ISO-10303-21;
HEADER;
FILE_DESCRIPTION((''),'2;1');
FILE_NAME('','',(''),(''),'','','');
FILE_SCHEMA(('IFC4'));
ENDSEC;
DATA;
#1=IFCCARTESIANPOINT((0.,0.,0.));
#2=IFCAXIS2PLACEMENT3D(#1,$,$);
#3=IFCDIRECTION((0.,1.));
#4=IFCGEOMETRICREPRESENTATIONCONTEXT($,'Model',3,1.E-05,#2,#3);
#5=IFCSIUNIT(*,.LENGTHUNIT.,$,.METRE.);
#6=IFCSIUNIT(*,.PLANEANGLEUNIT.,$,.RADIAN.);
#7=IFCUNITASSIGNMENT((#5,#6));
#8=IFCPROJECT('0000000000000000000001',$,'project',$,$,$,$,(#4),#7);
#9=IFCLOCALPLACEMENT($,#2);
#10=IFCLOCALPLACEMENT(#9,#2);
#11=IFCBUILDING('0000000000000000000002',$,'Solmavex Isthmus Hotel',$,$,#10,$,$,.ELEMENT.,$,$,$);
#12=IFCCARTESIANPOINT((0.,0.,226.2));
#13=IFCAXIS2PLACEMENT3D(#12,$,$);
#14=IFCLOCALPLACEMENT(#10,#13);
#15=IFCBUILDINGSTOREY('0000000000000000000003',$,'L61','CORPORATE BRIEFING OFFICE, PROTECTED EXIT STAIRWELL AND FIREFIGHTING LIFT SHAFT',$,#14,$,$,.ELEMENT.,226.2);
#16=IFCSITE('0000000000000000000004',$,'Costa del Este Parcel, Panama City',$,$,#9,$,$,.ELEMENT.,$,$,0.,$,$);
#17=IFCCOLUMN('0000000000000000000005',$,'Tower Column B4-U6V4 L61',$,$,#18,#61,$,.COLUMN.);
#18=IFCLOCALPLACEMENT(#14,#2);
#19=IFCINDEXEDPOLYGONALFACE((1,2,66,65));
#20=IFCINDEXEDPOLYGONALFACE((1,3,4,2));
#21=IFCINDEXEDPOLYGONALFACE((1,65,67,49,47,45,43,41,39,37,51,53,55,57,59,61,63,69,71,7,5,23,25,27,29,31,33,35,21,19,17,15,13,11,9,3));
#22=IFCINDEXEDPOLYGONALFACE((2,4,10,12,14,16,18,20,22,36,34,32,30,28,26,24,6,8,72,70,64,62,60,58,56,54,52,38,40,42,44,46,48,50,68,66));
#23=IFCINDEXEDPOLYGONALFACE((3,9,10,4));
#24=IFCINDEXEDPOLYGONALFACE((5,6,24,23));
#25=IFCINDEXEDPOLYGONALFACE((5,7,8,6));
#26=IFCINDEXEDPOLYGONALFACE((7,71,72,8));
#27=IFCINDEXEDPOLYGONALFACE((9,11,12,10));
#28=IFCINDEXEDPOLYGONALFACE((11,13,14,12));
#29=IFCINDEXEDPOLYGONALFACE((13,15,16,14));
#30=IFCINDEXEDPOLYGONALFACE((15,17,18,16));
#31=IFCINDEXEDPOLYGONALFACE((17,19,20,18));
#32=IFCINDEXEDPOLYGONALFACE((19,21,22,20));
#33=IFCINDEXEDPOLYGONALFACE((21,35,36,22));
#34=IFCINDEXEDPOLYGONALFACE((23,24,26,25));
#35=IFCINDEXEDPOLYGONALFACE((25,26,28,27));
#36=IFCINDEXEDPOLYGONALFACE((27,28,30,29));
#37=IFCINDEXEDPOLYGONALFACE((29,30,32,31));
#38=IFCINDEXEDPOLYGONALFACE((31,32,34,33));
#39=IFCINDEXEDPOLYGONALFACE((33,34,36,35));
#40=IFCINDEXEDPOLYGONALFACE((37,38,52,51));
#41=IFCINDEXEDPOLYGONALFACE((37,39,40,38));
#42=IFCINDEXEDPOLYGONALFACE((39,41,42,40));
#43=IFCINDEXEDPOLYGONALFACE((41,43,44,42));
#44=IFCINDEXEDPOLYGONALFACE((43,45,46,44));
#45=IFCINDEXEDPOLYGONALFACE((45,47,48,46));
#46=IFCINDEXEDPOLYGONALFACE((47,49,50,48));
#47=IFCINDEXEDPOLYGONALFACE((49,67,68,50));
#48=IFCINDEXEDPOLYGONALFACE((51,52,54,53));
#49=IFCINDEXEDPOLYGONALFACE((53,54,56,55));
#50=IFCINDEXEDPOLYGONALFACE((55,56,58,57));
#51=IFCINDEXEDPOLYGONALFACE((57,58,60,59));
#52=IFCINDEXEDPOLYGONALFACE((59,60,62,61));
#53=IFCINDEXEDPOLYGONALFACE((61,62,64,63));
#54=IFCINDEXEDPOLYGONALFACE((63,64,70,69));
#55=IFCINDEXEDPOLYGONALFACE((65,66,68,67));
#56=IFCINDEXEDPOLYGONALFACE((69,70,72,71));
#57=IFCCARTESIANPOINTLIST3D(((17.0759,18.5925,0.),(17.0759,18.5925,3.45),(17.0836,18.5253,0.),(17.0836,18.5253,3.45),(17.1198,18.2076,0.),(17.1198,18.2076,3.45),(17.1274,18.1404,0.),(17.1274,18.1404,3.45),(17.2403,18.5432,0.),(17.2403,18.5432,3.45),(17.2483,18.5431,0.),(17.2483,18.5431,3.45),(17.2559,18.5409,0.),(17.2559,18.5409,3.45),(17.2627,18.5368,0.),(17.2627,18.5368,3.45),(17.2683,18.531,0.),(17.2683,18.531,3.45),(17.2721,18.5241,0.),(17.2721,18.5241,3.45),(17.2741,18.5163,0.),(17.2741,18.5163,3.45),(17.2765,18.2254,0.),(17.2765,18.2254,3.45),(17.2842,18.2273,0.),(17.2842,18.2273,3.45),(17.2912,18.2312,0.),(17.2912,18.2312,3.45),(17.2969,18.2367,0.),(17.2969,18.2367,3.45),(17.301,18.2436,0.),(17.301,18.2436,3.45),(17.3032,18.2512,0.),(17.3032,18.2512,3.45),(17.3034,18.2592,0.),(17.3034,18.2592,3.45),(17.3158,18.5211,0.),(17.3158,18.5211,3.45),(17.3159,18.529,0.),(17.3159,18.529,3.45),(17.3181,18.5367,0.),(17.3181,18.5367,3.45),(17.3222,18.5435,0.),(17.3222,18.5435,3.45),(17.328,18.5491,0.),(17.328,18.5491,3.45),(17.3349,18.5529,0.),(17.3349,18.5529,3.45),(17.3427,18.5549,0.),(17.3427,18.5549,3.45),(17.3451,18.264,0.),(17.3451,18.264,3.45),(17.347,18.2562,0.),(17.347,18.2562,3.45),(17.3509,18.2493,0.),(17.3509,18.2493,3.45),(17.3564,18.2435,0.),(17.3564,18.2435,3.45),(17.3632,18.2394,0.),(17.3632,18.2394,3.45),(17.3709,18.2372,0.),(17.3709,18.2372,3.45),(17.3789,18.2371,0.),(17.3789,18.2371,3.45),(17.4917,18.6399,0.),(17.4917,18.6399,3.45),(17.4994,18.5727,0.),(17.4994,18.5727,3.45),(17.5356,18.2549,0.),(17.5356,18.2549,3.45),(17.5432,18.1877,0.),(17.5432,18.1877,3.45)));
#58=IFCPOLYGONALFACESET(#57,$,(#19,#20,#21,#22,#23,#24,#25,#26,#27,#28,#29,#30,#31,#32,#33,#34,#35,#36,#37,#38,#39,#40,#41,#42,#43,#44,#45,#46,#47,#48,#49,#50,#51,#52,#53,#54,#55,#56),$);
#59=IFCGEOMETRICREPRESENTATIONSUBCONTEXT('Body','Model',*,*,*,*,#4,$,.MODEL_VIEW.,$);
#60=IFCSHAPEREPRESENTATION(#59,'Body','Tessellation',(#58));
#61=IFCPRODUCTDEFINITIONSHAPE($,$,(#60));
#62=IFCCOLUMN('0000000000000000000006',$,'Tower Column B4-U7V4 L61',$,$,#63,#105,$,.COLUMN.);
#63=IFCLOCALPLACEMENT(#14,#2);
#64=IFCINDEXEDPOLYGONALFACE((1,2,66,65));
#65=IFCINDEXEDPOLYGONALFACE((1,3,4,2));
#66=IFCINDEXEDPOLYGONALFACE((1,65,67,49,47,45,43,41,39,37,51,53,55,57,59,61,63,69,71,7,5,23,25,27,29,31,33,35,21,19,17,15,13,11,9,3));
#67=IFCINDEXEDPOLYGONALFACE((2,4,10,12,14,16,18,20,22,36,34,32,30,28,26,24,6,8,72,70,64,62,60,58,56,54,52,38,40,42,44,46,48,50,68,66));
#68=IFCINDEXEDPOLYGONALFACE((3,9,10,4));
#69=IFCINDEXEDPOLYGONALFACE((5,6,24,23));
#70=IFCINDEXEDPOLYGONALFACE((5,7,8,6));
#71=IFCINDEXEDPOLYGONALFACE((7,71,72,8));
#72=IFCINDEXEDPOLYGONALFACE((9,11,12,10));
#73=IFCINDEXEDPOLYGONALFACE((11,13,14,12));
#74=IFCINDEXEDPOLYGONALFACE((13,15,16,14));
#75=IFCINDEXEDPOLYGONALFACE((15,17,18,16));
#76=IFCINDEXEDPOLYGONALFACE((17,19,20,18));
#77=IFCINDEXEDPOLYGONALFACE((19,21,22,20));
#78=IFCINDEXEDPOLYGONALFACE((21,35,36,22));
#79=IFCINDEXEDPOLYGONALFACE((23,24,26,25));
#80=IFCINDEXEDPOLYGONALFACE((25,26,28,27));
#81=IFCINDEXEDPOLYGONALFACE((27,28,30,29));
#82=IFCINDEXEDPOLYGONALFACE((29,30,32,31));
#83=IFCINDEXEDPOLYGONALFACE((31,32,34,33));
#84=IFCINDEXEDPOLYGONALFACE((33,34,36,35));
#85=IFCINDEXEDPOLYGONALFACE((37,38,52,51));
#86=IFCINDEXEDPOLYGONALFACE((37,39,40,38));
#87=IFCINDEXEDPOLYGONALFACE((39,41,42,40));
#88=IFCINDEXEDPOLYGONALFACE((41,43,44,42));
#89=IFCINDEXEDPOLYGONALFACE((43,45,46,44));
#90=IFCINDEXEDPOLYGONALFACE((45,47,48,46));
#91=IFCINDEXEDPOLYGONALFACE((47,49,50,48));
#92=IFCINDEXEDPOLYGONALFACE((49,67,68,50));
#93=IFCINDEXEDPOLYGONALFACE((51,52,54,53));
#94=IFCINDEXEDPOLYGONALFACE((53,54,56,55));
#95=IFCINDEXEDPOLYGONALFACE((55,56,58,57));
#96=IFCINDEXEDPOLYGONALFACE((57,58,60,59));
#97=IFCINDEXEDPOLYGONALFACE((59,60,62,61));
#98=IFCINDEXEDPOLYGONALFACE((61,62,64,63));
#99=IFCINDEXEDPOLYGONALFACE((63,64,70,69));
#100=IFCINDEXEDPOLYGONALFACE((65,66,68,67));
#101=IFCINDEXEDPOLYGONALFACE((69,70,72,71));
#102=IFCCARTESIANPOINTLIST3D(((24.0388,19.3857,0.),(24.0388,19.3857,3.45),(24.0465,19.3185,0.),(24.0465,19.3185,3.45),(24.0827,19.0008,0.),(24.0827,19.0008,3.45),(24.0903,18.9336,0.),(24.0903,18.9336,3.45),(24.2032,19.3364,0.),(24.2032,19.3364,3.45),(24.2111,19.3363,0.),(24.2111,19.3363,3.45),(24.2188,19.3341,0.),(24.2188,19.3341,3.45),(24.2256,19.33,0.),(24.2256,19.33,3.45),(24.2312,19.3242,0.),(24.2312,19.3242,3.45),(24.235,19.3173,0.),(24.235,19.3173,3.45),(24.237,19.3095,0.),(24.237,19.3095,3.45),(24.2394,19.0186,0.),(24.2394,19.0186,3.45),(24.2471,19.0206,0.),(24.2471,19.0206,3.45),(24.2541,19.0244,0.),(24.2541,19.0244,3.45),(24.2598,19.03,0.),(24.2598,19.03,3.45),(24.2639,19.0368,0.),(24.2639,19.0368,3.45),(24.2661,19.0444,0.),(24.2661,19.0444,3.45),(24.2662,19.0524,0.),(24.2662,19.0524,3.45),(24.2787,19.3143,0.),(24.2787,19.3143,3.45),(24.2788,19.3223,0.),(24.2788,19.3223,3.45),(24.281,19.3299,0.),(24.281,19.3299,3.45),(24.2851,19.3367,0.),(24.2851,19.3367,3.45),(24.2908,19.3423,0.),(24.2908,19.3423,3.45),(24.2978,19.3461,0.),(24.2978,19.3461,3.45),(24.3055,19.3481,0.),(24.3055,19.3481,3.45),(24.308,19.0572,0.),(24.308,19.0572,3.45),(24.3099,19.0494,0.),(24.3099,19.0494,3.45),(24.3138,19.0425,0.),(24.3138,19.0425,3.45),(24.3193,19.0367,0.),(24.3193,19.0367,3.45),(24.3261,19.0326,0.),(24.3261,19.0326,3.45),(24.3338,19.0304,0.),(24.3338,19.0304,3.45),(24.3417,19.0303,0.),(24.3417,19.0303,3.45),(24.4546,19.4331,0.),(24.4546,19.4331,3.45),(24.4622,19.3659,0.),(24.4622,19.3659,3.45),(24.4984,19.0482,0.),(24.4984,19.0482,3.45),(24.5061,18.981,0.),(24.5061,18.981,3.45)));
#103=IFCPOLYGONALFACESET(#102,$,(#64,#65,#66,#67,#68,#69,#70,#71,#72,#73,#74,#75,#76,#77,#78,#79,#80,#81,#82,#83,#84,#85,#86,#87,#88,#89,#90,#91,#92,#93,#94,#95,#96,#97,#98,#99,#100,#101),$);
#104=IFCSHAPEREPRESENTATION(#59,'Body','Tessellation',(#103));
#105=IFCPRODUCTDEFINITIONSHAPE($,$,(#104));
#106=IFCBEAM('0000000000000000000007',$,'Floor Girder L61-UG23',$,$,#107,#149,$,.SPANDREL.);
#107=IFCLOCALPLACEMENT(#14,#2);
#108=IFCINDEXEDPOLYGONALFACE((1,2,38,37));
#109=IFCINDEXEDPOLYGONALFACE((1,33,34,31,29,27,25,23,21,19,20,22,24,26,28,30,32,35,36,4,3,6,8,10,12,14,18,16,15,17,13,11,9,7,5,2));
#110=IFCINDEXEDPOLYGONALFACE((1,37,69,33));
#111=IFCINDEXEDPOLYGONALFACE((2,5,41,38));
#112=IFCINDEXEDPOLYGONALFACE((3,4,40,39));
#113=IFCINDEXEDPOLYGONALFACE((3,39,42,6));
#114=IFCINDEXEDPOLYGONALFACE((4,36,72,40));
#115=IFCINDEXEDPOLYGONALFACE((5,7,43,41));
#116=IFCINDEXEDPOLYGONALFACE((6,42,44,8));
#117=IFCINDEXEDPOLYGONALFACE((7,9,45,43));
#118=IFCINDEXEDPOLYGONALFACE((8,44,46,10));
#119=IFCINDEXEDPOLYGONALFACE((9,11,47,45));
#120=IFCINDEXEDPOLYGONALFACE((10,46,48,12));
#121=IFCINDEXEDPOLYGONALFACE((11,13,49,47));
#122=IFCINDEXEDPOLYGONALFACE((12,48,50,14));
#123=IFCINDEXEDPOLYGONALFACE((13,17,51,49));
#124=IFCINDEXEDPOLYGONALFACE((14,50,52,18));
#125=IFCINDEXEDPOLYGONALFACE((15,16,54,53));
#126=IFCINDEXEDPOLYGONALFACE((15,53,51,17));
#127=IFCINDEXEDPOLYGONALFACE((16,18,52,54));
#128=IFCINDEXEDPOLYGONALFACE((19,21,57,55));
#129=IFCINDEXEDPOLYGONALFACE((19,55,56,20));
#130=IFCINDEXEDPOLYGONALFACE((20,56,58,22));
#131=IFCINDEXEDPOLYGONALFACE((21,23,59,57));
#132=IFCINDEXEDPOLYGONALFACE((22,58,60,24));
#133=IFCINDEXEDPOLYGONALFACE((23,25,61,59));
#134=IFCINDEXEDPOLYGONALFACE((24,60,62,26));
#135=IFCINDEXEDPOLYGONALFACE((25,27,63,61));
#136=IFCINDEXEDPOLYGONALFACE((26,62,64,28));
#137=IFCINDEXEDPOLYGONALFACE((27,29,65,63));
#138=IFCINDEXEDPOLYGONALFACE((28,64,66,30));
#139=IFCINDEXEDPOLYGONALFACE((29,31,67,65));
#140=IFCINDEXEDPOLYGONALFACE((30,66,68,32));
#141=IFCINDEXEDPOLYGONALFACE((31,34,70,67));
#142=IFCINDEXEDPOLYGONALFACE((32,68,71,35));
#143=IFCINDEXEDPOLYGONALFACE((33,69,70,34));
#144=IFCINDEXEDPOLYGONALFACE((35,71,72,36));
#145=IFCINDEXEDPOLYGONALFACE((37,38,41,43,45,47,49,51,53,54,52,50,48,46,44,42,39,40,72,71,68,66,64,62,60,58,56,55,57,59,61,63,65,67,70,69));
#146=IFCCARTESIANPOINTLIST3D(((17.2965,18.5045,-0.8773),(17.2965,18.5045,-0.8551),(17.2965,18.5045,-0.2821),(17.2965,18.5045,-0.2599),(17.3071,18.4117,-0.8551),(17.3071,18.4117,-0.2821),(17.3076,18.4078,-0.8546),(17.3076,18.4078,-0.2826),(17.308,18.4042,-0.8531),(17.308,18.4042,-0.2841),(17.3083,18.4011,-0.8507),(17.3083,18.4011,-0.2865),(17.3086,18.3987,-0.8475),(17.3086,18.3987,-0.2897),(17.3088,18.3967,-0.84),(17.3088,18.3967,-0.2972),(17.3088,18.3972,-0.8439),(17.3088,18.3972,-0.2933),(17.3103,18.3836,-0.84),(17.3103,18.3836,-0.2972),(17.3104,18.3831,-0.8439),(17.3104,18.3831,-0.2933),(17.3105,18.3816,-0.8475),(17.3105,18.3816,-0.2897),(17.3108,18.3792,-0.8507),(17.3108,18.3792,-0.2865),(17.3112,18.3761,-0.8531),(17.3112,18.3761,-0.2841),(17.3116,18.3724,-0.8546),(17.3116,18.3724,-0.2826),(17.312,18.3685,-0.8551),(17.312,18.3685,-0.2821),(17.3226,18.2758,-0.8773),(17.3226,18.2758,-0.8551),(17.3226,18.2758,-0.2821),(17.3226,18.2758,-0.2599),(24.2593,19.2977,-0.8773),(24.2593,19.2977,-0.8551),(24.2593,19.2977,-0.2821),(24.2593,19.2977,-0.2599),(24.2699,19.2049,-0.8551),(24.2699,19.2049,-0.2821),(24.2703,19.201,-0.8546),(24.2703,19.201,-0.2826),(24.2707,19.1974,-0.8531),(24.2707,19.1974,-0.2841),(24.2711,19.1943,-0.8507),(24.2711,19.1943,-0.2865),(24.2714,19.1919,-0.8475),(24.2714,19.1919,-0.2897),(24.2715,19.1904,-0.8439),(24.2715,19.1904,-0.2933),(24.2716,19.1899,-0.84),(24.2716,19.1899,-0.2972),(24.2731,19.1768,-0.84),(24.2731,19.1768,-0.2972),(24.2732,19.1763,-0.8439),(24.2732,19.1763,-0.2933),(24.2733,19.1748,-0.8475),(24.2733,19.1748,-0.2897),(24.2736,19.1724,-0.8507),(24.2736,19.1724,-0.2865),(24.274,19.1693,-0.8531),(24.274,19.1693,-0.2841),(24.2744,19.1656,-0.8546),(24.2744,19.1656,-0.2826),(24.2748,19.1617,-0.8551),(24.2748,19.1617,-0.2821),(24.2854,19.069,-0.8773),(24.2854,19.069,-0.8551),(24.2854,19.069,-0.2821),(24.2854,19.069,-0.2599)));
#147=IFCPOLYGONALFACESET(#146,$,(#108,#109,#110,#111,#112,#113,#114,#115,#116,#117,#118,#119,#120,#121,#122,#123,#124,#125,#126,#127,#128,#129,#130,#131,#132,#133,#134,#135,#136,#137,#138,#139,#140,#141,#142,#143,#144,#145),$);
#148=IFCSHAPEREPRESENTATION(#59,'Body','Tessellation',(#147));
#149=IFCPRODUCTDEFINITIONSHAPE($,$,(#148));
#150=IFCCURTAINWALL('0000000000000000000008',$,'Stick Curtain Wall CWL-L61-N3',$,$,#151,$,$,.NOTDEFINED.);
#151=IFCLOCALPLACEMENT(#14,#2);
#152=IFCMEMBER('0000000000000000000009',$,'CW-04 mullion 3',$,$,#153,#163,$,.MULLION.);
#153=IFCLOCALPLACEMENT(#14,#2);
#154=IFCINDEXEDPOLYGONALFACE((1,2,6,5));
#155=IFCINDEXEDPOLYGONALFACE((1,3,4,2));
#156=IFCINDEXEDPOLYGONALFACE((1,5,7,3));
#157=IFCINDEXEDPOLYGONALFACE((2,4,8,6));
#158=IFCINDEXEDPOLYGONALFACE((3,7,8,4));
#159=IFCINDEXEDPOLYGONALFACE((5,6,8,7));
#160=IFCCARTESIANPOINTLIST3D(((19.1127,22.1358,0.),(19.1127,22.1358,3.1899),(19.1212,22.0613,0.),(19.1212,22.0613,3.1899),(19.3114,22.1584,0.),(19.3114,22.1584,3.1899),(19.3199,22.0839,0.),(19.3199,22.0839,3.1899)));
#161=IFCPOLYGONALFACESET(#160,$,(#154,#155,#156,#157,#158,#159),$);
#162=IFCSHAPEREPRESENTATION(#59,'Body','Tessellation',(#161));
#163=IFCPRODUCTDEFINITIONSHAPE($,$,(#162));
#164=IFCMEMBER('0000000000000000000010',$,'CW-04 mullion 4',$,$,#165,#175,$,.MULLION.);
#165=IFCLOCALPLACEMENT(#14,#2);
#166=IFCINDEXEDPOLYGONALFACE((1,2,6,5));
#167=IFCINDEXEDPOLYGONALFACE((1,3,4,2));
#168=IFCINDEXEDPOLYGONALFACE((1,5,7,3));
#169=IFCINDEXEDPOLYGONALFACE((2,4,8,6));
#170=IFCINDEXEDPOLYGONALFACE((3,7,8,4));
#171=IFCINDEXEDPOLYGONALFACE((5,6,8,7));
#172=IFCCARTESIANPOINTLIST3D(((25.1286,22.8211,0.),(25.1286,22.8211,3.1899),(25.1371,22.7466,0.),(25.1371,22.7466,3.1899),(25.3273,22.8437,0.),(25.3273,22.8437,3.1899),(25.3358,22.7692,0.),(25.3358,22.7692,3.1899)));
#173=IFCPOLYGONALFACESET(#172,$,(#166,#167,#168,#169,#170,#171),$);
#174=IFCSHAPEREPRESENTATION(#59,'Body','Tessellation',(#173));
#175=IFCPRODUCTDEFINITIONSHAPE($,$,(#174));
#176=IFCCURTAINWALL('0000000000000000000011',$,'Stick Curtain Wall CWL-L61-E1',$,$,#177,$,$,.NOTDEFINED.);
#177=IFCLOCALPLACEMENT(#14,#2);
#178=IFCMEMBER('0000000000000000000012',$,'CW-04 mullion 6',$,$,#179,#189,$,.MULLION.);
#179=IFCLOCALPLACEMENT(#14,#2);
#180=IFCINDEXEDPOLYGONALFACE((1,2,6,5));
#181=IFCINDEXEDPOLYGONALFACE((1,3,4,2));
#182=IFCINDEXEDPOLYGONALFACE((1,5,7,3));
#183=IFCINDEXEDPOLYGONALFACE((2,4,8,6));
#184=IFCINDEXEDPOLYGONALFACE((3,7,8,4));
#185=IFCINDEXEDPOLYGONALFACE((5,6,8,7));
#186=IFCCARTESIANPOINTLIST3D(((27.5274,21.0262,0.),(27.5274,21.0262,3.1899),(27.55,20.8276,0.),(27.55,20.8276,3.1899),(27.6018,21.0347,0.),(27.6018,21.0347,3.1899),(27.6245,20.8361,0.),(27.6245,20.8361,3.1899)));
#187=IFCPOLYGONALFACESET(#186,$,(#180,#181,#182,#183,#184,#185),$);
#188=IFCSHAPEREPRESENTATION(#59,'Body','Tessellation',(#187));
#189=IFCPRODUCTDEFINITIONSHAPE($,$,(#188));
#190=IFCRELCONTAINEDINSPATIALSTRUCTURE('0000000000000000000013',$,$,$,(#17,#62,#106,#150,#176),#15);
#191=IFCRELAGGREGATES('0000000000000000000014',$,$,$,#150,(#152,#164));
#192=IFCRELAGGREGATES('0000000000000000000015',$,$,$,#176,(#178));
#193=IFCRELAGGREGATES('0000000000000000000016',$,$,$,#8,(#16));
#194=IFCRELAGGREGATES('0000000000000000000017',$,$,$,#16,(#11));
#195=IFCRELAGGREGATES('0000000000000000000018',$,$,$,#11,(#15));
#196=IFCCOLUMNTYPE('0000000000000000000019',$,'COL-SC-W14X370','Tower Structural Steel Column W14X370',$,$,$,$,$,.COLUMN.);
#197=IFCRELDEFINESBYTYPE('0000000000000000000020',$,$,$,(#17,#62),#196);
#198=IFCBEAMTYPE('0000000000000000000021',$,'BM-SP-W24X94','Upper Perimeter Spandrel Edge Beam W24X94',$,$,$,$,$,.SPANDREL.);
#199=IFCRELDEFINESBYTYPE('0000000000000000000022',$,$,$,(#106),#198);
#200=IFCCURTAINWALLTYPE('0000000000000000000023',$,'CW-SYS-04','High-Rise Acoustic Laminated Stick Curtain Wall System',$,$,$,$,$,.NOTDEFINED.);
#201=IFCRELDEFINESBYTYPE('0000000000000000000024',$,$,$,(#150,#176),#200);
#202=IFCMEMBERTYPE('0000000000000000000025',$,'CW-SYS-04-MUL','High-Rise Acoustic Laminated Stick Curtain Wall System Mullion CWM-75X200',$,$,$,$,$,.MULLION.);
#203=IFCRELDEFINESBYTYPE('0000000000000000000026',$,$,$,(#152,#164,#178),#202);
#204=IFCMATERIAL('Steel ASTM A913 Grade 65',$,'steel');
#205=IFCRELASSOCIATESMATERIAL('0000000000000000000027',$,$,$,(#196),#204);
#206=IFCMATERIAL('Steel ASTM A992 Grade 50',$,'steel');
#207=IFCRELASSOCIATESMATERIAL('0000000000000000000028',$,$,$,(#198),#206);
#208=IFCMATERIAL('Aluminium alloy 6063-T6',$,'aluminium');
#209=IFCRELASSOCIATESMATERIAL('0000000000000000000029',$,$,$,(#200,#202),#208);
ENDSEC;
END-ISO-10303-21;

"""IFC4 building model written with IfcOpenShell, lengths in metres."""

from ifc_helpers import new_model, si_unit, direction, frame, origin, origin_2d, place, context, subcontext, project, spatial, rectangle, i_section, extrude, material, material_profile, profile_set, type_object, element, aggregate, save


model = new_model("IFC4")

# Units and contexts
model_context = context("Model", 3, precision=1e-05, world=origin(), true_north=direction((0.0, 1.0)))
body_context = subcontext(model_context, "Body", "Model", "MODEL_VIEW")
ifc_project = project(units=[si_unit("LENGTHUNIT", "METRE"), si_unit("PLANEANGLEUNIT", "RADIAN")], contexts=[model_context])

# Site, building, storey
site_placement = place(None, origin())
site = spatial("IfcSite", under=ifc_project, at=site_placement, Name="Costa del Este Parcel, Panama City", CompositionType="ELEMENT", RefElevation=0.0)
building_placement = place(site_placement, origin())
building = spatial("IfcBuilding", under=site, at=building_placement, Name="Solmavex Isthmus Hotel", CompositionType="ELEMENT")
storey_placement = place(building_placement, frame((0.0, 0.0, 226.2)))
storey = spatial("IfcBuildingStorey", under=building, at=storey_placement, Name="L61", Description="CORPORATE BRIEFING OFFICE, PROTECTED EXIT STAIRWELL AND FIREFIGHTING LIFT SHAFT", CompositionType="ELEMENT", Elevation=226.2)

# Columns
ifc_material_1 = material(Name="Steel ASTM A913 Grade 65", Category="steel")
ifc_material_profile_1 = material_profile(ifc_material_1, i_section(OverallWidth=0.4185, OverallDepth=0.4551, WebThickness=0.042, FlangeThickness=0.0676, FilletRadius=0.0305, at=origin_2d()), Name="W14X370")
ifc_profile_set_1 = profile_set([ifc_material_profile_1], Name="Steel ASTM A913 Grade 65")
column_type = type_object("IfcColumnType", Name="COL-SC-W14X370", Description="Tower Structural Steel Column W14X370", PredefinedType="COLUMN", material=ifc_profile_set_1)
for number, where, z_axis, x_axis, name in (
    (1, (17.3096, 18.3901, 0.0), (0.0, 0.0, 1.0), (0.993572, 0.113203, 0.0), "Tower Column B4-U6V4 L61"),
    (2, (24.2725, 19.1833, 0.0), (0.0, 0.0, 1.0), (0.993572, 0.113203, 0.0), "Tower Column B4-U7V4 L61"),
):
    element("IfcColumn", number, at=place(storey_placement, frame(where, z_axis=z_axis, x_axis=x_axis)), inside=storey, type_object=column_type, Name=name, PredefinedType="COLUMN", context=body_context, shape_type="SweptSolid", body=[
        extrude(i_section(OverallWidth=0.4185, OverallDepth=0.4551, WebThickness=0.042, FlangeThickness=0.0676, FilletRadius=0.0305, at=origin_2d()), origin(), (0.0, 0.0, 1.0), 3.45),
    ])

# Beam
ifc_material_2 = material(Name="Steel ASTM A992 Grade 50", Category="steel")
ifc_material_profile_2 = material_profile(ifc_material_2, i_section(OverallWidth=0.2302, OverallDepth=0.6174, WebThickness=0.0132, FlangeThickness=0.0222, FilletRadius=0.0151, at=origin_2d()), Name="W24X94")
ifc_profile_set_2 = profile_set([ifc_material_profile_2], Name="Steel ASTM A992 Grade 50")
beam_type = type_object("IfcBeamType", Name="BM-SP-W24X94", Description="Upper Perimeter Spandrel Edge Beam W24X94", PredefinedType="SPANDREL", material=ifc_profile_set_2)
beam_placement = place(storey_placement, frame((17.3096, 18.3901, -0.5686), z_axis=(0.993574, 0.113188, 0.0), x_axis=(-0.113188, 0.993574, 0.0)))
element("IfcBeam", 3, at=beam_placement, inside=storey, type_object=beam_type, Name="Floor Girder L61-UG23", PredefinedType="SPANDREL", context=body_context, shape_type="SweptSolid", body=[
    extrude(i_section(OverallWidth=0.2302, OverallDepth=0.6174, WebThickness=0.0132, FlangeThickness=0.0222, FilletRadius=0.0151, at=origin_2d()), origin(), (0.0, 0.0, 1.0), 7.0078),
])

# Curtain wall, members
ifc_material_3 = material(Name="Aluminium alloy 6063-T6", Category="aluminium")
curtain_wall_type = type_object("IfcCurtainWallType", Name="CW-SYS-04", Description="High-Rise Acoustic Laminated Stick Curtain Wall System", PredefinedType="NOTDEFINED", material=ifc_material_3)
curtain_wall_1_placement = place(storey_placement, origin())
curtain_wall_1 = element("IfcCurtainWall", 4, at=curtain_wall_1_placement, inside=storey, type_object=curtain_wall_type, Name="Stick Curtain Wall CWL-L61-N3", PredefinedType="NOTDEFINED")
ifc_material_profile_3 = material_profile(ifc_material_3, rectangle(XDim=0.075, YDim=0.2, at=origin_2d()), Name="CWM-75X200")
ifc_profile_set_3 = profile_set([ifc_material_profile_3], Name="Aluminium alloy 6063-T6")
member_type_1 = type_object("IfcMemberType", Name="CW-SYS-04-MUL", Description="High-Rise Acoustic Laminated Stick Curtain Wall System Mullion CWM-75X200", PredefinedType="MULLION", material=ifc_profile_set_3)
member_1_placement = place(storey_placement, frame((19.2163, 22.1099, 0.0), z_axis=(0.0, 0.0, 1.0), x_axis=(-0.113203, 0.993572, 0.0)))
member_1 = element("IfcMember", 5, at=member_1_placement, type_object=member_type_1, Name="CW-04 mullion 3", PredefinedType="MULLION", context=body_context, shape_type="SweptSolid", body=[
    extrude(rectangle(XDim=0.075, YDim=0.2, at=origin_2d()), origin(), (0.0, 0.0, 1.0), 3.1899),
])
member_2_placement = place(storey_placement, frame((25.2322, 22.7952, 0.0), z_axis=(0.0, 0.0, 1.0), x_axis=(-0.113203, 0.993572, 0.0)))
member_2 = element("IfcMember", 6, at=member_2_placement, type_object=member_type_1, Name="CW-04 mullion 4", PredefinedType="MULLION", context=body_context, shape_type="SweptSolid", body=[
    extrude(rectangle(XDim=0.075, YDim=0.2, at=origin_2d()), origin(), (0.0, 0.0, 1.0), 3.1899),
])

# Curtain wall, member
curtain_wall_2_placement = place(storey_placement, origin())
curtain_wall_2 = element("IfcCurtainWall", 7, at=curtain_wall_2_placement, inside=storey, type_object=curtain_wall_type, Name="Stick Curtain Wall CWL-L61-E1", PredefinedType="NOTDEFINED")
member_3_placement = place(storey_placement, frame((27.5759, 20.9312, 0.0), z_axis=(0.0, 0.0, 1.0), x_axis=(-0.993572, -0.113203, 0.0)))
member_3 = element("IfcMember", 8, at=member_3_placement, type_object=member_type_1, Name="CW-04 mullion 6", PredefinedType="MULLION", context=body_context, shape_type="SweptSolid", body=[
    extrude(rectangle(XDim=0.075, YDim=0.2, at=origin_2d()), origin(), (0.0, 0.0, 1.0), 3.1899),
])

aggregate(curtain_wall_1, [member_1, member_2])
aggregate(curtain_wall_2, [member_3])

save(model, "model.ifc")
